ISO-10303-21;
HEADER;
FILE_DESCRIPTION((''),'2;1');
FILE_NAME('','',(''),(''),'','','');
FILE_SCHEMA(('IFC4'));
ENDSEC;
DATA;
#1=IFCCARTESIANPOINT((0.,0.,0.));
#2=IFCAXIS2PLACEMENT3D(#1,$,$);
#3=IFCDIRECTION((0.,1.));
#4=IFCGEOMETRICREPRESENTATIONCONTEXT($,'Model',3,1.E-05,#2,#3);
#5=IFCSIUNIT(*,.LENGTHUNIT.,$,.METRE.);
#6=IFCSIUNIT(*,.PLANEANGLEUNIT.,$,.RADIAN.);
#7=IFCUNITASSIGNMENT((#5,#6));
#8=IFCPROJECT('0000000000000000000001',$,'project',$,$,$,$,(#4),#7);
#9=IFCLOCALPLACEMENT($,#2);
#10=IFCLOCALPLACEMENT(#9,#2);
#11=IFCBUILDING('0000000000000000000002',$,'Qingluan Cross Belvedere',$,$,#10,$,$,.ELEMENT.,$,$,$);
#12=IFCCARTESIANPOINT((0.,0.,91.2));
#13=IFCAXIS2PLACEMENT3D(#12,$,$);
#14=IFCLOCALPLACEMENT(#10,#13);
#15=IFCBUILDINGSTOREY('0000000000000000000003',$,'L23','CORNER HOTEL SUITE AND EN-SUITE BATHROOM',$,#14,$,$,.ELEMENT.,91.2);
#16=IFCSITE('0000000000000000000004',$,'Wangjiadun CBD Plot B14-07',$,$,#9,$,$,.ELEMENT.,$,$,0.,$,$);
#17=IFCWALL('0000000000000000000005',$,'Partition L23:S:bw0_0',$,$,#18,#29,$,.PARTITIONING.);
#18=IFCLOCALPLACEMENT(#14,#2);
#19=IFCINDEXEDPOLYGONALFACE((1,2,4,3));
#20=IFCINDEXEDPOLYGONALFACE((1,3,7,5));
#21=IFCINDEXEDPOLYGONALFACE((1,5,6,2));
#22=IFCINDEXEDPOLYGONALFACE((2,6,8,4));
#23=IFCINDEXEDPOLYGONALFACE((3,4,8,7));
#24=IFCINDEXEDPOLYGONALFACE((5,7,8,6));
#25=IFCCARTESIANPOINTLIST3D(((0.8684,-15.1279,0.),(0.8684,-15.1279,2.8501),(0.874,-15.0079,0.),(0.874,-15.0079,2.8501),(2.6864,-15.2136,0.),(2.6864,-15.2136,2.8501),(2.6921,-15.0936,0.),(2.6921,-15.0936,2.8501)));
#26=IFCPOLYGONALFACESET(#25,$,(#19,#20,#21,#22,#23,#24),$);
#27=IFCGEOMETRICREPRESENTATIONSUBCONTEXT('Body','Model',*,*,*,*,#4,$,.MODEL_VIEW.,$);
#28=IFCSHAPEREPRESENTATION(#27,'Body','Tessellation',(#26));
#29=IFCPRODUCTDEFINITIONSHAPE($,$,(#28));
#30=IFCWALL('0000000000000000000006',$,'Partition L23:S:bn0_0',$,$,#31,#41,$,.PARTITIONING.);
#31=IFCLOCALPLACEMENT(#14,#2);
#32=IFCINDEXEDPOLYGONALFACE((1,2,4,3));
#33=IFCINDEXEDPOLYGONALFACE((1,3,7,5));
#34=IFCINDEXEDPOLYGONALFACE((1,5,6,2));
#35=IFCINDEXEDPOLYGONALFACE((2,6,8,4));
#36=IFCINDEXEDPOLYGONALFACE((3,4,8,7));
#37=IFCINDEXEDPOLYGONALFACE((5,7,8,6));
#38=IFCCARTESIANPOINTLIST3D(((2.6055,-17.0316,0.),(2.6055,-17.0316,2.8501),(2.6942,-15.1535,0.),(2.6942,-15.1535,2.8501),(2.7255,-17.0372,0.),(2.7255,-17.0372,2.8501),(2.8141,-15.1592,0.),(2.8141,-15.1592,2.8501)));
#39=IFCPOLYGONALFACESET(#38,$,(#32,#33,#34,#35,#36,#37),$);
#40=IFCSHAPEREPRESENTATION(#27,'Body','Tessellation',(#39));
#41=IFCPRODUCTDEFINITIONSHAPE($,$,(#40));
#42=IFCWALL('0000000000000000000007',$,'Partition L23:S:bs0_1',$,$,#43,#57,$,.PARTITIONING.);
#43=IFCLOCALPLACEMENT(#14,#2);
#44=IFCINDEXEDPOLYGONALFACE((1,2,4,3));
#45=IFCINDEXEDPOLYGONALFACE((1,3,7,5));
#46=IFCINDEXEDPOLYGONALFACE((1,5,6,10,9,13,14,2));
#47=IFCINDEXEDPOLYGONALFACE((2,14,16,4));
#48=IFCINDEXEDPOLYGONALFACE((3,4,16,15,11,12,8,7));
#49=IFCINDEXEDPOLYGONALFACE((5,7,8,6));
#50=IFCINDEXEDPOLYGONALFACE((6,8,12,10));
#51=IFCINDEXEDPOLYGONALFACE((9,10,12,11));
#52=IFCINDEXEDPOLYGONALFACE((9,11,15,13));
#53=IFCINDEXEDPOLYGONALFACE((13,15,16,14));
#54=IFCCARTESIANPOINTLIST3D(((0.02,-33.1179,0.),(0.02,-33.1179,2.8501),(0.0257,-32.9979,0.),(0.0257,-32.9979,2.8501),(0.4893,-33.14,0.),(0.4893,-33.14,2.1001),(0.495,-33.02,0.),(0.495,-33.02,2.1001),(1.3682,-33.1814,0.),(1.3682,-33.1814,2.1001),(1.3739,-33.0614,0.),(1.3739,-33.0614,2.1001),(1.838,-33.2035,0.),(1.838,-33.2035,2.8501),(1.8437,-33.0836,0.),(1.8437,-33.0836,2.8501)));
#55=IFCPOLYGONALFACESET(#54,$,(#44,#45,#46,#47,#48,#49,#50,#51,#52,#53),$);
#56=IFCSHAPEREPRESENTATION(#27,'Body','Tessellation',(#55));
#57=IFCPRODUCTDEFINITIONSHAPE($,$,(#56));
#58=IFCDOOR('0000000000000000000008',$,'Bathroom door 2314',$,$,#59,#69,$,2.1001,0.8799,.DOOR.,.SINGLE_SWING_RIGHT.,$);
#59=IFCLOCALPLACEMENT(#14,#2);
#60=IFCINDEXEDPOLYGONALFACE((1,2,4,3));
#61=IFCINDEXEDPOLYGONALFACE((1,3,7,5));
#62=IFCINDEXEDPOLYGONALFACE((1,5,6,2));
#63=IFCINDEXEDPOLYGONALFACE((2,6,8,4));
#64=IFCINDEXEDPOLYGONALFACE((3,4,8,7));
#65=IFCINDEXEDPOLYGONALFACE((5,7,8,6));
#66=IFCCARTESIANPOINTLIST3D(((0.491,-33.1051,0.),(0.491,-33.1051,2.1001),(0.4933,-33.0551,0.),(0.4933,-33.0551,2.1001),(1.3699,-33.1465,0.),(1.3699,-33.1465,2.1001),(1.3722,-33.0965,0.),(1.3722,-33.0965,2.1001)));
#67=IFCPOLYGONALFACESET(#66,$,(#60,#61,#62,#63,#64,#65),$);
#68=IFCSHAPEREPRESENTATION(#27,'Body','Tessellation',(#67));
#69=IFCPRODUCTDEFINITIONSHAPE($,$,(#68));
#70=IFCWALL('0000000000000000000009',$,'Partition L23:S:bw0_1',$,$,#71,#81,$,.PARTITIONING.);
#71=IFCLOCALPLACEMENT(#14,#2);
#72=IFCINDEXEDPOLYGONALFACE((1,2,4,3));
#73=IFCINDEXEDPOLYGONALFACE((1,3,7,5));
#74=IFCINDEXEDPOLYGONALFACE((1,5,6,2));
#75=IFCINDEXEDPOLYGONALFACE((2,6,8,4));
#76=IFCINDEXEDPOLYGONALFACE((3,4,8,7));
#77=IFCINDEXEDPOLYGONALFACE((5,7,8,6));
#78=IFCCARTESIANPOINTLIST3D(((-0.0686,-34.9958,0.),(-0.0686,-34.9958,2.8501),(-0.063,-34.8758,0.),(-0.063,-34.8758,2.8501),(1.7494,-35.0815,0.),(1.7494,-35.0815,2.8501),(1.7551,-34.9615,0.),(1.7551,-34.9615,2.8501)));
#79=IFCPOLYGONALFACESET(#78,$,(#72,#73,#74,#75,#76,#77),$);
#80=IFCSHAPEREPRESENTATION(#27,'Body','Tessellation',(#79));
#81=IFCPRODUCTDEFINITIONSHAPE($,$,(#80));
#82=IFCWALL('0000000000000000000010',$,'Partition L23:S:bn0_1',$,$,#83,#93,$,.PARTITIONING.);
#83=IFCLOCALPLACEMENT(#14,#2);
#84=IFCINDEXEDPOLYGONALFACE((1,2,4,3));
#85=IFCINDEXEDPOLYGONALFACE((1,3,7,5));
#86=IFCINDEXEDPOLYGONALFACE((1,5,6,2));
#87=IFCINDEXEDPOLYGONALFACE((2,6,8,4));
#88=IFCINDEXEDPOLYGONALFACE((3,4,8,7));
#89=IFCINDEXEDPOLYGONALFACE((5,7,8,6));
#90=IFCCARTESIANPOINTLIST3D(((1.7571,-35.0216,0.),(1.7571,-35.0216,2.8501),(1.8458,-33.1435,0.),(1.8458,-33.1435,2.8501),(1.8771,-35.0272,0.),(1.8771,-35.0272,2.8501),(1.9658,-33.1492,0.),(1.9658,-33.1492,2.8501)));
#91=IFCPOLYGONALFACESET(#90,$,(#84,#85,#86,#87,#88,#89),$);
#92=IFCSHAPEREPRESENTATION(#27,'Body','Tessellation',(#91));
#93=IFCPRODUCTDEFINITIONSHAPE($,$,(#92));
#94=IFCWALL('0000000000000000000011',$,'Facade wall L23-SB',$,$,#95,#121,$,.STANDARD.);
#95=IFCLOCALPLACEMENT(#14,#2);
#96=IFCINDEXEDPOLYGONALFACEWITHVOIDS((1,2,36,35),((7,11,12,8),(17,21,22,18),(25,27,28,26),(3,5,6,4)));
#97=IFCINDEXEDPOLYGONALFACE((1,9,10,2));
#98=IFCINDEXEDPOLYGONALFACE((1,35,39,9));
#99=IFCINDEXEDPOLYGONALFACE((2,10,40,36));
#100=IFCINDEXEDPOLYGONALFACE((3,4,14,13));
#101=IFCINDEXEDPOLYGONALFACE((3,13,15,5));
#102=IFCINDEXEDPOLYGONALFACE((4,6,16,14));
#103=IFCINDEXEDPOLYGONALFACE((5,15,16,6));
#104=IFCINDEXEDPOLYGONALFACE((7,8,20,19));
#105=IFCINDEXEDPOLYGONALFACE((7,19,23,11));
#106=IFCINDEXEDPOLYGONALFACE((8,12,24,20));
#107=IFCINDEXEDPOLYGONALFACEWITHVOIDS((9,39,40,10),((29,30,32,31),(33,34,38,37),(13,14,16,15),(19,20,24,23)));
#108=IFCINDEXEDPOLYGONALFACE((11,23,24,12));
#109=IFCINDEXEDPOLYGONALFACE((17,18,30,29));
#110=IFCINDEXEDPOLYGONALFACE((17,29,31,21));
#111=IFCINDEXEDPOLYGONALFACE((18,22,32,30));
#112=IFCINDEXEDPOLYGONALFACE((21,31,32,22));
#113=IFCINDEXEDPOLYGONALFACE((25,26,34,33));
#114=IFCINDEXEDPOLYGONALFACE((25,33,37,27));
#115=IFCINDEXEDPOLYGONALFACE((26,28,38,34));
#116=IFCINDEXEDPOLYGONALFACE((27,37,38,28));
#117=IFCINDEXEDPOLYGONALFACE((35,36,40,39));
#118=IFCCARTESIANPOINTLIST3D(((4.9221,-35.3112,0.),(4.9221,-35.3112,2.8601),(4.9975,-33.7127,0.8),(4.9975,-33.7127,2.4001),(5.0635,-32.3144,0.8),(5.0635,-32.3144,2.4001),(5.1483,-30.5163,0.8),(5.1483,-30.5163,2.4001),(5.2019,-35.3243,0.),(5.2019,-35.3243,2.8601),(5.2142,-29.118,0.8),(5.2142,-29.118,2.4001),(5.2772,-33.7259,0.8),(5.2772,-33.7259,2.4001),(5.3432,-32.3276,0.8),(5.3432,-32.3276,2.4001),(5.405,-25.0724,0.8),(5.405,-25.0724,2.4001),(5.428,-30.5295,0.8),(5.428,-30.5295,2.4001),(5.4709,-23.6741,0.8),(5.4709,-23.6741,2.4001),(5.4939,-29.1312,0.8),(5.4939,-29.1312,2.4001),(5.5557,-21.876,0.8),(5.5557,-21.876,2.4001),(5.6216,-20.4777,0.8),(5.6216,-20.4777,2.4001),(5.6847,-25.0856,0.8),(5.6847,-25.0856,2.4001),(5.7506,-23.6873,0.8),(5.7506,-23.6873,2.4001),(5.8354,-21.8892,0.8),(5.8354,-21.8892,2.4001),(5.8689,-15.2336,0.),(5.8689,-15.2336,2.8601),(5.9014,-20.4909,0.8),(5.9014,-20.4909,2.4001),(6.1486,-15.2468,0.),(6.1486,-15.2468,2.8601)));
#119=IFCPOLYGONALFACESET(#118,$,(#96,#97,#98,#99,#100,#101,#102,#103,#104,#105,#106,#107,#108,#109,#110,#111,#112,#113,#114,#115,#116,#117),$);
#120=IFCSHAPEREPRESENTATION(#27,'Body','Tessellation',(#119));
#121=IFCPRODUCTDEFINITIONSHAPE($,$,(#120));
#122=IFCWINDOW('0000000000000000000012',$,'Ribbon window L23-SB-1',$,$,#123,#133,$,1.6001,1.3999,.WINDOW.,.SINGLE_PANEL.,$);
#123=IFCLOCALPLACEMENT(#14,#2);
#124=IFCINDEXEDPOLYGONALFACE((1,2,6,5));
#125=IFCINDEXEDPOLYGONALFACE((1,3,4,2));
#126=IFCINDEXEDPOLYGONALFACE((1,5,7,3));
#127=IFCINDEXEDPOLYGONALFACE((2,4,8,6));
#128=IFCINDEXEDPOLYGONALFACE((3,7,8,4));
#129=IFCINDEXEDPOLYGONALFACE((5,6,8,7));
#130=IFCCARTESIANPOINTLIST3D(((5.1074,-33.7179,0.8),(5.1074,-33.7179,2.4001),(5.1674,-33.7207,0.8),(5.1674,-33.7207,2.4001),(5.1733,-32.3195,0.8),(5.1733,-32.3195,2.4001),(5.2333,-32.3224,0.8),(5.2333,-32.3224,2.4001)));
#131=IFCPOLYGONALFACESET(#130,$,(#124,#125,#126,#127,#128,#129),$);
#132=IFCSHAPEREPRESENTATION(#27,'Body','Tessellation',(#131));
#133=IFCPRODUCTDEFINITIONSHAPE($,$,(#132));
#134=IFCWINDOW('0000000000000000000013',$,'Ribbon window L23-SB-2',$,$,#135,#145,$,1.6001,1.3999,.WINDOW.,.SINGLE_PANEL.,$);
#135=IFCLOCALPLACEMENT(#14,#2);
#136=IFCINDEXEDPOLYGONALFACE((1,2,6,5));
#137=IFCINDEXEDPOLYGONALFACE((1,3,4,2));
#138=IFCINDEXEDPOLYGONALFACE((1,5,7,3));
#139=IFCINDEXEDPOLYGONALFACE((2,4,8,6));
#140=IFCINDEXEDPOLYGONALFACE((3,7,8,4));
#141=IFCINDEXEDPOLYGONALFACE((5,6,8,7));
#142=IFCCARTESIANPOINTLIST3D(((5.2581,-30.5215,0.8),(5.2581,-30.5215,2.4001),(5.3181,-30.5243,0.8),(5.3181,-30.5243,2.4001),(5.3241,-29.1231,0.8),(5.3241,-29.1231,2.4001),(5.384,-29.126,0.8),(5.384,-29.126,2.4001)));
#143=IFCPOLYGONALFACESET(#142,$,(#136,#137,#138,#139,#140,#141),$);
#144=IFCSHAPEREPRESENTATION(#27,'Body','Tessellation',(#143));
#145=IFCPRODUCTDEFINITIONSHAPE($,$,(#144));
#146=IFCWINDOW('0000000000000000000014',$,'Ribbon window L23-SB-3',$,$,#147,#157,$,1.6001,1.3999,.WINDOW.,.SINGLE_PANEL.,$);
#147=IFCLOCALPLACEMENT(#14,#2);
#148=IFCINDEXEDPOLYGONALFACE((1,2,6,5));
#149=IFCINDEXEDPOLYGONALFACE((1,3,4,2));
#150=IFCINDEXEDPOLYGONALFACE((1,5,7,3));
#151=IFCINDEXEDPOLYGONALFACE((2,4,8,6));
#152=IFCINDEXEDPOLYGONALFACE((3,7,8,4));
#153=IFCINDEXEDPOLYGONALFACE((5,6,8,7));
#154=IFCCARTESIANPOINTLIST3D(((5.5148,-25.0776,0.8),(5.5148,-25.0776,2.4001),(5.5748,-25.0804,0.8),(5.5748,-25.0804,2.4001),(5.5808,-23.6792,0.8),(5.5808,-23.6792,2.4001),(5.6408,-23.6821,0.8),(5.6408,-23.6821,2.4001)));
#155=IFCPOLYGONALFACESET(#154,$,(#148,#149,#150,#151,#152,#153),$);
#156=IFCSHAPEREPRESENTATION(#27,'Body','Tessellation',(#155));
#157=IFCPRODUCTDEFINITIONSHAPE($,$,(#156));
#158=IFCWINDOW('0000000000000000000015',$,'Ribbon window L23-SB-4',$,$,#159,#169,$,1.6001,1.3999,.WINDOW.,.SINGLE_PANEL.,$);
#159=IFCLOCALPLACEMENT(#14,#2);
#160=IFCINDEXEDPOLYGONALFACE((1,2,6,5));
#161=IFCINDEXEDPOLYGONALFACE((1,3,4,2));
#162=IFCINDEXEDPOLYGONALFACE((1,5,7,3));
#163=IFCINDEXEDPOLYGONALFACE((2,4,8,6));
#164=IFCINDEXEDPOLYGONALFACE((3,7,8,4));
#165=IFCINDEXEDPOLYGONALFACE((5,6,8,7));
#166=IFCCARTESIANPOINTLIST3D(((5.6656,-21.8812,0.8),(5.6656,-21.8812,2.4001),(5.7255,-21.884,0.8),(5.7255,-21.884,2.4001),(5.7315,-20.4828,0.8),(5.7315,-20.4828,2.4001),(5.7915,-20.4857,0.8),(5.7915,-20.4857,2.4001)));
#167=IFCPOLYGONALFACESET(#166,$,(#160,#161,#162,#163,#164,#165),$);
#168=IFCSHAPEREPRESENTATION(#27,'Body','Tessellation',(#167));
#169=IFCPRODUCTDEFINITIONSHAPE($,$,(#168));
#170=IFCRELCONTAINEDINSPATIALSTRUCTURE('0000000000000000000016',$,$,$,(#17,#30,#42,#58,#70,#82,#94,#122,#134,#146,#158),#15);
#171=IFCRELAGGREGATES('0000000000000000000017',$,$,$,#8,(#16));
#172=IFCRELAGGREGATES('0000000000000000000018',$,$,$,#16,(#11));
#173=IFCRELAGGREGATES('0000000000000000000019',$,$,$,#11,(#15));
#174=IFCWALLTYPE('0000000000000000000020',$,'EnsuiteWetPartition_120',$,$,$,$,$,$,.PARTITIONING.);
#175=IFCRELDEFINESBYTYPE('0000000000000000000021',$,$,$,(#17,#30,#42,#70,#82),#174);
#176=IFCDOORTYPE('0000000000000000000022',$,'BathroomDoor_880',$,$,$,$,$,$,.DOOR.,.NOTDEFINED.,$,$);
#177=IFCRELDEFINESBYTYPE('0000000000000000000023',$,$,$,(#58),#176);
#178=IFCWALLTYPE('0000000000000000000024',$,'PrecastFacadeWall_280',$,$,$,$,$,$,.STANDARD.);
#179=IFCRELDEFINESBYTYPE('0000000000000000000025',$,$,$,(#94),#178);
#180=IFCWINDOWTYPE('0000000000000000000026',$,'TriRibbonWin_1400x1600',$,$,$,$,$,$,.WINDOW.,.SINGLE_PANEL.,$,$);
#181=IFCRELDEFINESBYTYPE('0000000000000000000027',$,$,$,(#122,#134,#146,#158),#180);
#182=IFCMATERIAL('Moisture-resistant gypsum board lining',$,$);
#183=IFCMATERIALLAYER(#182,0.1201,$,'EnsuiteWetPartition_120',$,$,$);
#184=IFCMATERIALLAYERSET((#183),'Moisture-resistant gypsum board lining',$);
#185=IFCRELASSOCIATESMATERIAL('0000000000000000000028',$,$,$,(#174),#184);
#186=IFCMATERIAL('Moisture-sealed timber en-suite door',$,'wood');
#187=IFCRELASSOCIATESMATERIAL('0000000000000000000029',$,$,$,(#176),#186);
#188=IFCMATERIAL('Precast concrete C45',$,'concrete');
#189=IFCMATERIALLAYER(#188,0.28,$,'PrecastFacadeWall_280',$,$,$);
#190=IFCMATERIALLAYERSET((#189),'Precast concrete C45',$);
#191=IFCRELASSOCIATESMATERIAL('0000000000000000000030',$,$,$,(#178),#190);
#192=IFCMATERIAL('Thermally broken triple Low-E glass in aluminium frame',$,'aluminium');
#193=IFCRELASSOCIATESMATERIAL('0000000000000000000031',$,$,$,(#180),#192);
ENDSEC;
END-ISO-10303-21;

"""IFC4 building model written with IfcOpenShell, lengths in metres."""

from ifc_helpers import new_model, si_unit, direction, frame, frame_2d, origin, place, context, subcontext, project, spatial, rectangle, extrude, material, layer, layer_set, type_object, element, fill, save


model = new_model("IFC4")

# Units and contexts
model_context = context("Model", 3, precision=1e-05, world=origin(), true_north=direction((0.0, 1.0)))
body_context = subcontext(model_context, "Body", "Model", "MODEL_VIEW")
ifc_project = project(units=[si_unit("LENGTHUNIT", "METRE"), si_unit("PLANEANGLEUNIT", "RADIAN")], contexts=[model_context])

# Site, building, storey
site_placement = place(None, origin())
site = spatial("IfcSite", under=ifc_project, at=site_placement, Name="Wangjiadun CBD Plot B14-07", CompositionType="ELEMENT", RefElevation=0.0)
building_placement = place(site_placement, origin())
building = spatial("IfcBuilding", under=site, at=building_placement, Name="Qingluan Cross Belvedere", CompositionType="ELEMENT")
storey_placement = place(building_placement, frame((0.0, 0.0, 91.2)))
storey = spatial("IfcBuildingStorey", under=building, at=storey_placement, Name="L23", Description="CORNER HOTEL SUITE AND EN-SUITE BATHROOM", CompositionType="ELEMENT", Elevation=91.2)

# Shared definitions
ifc_material_1 = material(Name="Moisture-resistant gypsum board lining")
ifc_layer_1 = layer(ifc_material_1, 0.1201, Name="EnsuiteWetPartition_120")
ifc_layer_set_1 = layer_set([ifc_layer_1], Name="Moisture-resistant gypsum board lining")
wall_type_1 = type_object("IfcWallType", Name="EnsuiteWetPartition_120", PredefinedType="PARTITIONING", material=ifc_layer_set_1)
ifc_material_2 = material(Name="Moisture-sealed timber en-suite door", Category="wood")
door_type_1 = type_object("IfcDoorType", Name="BathroomDoor_880", OperationType="NOTDEFINED", PredefinedType="DOOR", material=ifc_material_2)

# Walls
wall_1_placement = place(storey_placement, frame((0.8711, -15.0679, 0.0), z_axis=(0.0, 0.0, 1.0), x_axis=(0.998891, -0.047081, 0.0)))
element("IfcWall", 1, at=wall_1_placement, inside=storey, type_object=wall_type_1, Name="Partition L23:S:bw0_0", PredefinedType="PARTITIONING", context=body_context, shape_type="SweptSolid", body=[
    extrude(rectangle(XDim=1.8201, YDim=0.1201, at=frame_2d((0.9102, 0.0))), origin(), (0.0, 0.0, 1.0), 2.8501),
])
wall_2_placement = place(storey_placement, frame((2.7542, -15.1565, 0.0), z_axis=(0.0, 0.0, 1.0), x_axis=(-0.047139, -0.998888, 0.0)))
element("IfcWall", 2, at=wall_2_placement, inside=storey, type_object=wall_type_1, Name="Partition L23:S:bn0_0", PredefinedType="PARTITIONING", context=body_context, shape_type="SweptSolid", body=[
    extrude(rectangle(XDim=1.8801, YDim=0.1201, at=frame_2d((0.9399, 0.0))), origin(), (0.0, 0.0, 1.0), 2.8501),
])

# Wall, opening, door
wall_3_placement = place(storey_placement, frame((0.0227, -33.0579, 0.0), z_axis=(0.0, 0.0, 1.0), x_axis=(0.998891, -0.047081, 0.0)))
wall_3 = element("IfcWall", 3, at=wall_3_placement, inside=storey, type_object=wall_type_1, Name="Partition L23:S:bs0_1", PredefinedType="PARTITIONING", context=body_context, shape_type="SweptSolid", body=[
    extrude(rectangle(XDim=1.8201, YDim=0.1201, at=frame_2d((0.9102, 0.0))), origin(), (0.0, 0.0, 1.0), 2.8501),
])
opening_1_placement = place(wall_3_placement, frame((0.47, 0.0, 0.0)))
opening_1 = element("IfcOpeningElement", 4, at=opening_1_placement, cuts=wall_3, PredefinedType="OPENING", context=body_context, shape_type="SweptSolid", body=[
    extrude(rectangle(XDim=0.8799, YDim=2.1001, at=frame_2d((0.4399, 1.05))), frame((0.0, 0.0701, 0.0), z_axis=(0.0, -1.0, 0.0), x_axis=(1.0, 0.0, 0.0)), (0.0, 0.0, 1.0), 0.1401),
])
door_1_placement = place(opening_1_placement, origin())
door_1 = element("IfcDoor", 5, at=door_1_placement, inside=storey, type_object=door_type_1, Name="Bathroom door 2314", OperationType="SINGLE_SWING_RIGHT", OverallHeight=2.1001, OverallWidth=0.8799, PredefinedType="DOOR", context=body_context, shape_type="SweptSolid", body=[
    extrude(rectangle(XDim=0.8799, YDim=2.1001, at=frame_2d((0.4399, 1.05))), frame((0.0, 0.0249, 0.0), z_axis=(0.0, -1.0, 0.0), x_axis=(1.0, 0.0, 0.0)), (0.0, 0.0, 1.0), 0.05),
])
fill(opening_1, door_1)

# Walls
wall_4_placement = place(storey_placement, frame((-0.0659, -34.9358, 0.0), z_axis=(0.0, 0.0, 1.0), x_axis=(0.998891, -0.047081, 0.0)))
element("IfcWall", 6, at=wall_4_placement, inside=storey, type_object=wall_type_1, Name="Partition L23:S:bw0_1", PredefinedType="PARTITIONING", context=body_context, shape_type="SweptSolid", body=[
    extrude(rectangle(XDim=1.8201, YDim=0.1201, at=frame_2d((0.9102, 0.0))), origin(), (0.0, 0.0, 1.0), 2.8501),
])
wall_5_placement = place(storey_placement, frame((1.9058, -33.1465, 0.0), z_axis=(0.0, 0.0, 1.0), x_axis=(-0.047139, -0.998888, 0.0)))
element("IfcWall", 7, at=wall_5_placement, inside=storey, type_object=wall_type_1, Name="Partition L23:S:bn0_1", PredefinedType="PARTITIONING", context=body_context, shape_type="SweptSolid", body=[
    extrude(rectangle(XDim=1.8801, YDim=0.1201, at=frame_2d((0.9399, 0.0))), origin(), (0.0, 0.0, 1.0), 2.8501),
])

# Wall, openings, windows
ifc_material_3 = material(Name="Precast concrete C45", Category="concrete")
ifc_layer_2 = layer(ifc_material_3, 0.28, Name="PrecastFacadeWall_280")
ifc_layer_set_2 = layer_set([ifc_layer_2], Name="Precast concrete C45")
wall_type_2 = type_object("IfcWallType", Name="PrecastFacadeWall_280", PredefinedType="STANDARD", material=ifc_layer_set_2)
wall_6_placement = place(storey_placement, frame((5.062, -35.3176, 0.0), z_axis=(0.0, 0.0, 1.0), x_axis=(0.047103, 0.99889, 0.0)))
wall_6 = element("IfcWall", 8, at=wall_6_placement, inside=storey, type_object=wall_type_2, Name="Facade wall L23-SB", PredefinedType="STANDARD", context=body_context, shape_type="SweptSolid", body=[
    extrude(rectangle(XDim=20.0999, YDim=0.28, at=frame_2d((10.0498, 0.0))), origin(), (0.0, 0.0, 1.0), 2.8601),
])
opening_2_placement = place(wall_6_placement, frame((1.6001, 0.0, 0.8)))
opening_2 = element("IfcOpeningElement", 9, at=opening_2_placement, cuts=wall_6, PredefinedType="OPENING", context=body_context, shape_type="SweptSolid", body=[
    extrude(rectangle(XDim=1.3999, YDim=1.6001, at=frame_2d((0.7, 0.8))), frame((0.0, 0.1499, 0.0), z_axis=(0.0, -1.0, 0.0), x_axis=(1.0, 0.0, 0.0)), (0.0, 0.0, 1.0), 0.3),
])
opening_3_placement = place(wall_6_placement, frame((4.8, 0.0, 0.8)))
opening_3 = element("IfcOpeningElement", 10, at=opening_3_placement, cuts=wall_6, PredefinedType="OPENING", context=body_context, shape_type="SweptSolid", body=[
    extrude(rectangle(XDim=1.3999, YDim=1.6001, at=frame_2d((0.7, 0.8))), frame((0.0, 0.1499, 0.0), z_axis=(0.0, -1.0, 0.0), x_axis=(1.0, 0.0, 0.0)), (0.0, 0.0, 1.0), 0.3),
])
opening_4_placement = place(wall_6_placement, frame((10.25, 0.0, 0.8)))
opening_4 = element("IfcOpeningElement", 11, at=opening_4_placement, cuts=wall_6, PredefinedType="OPENING", context=body_context, shape_type="SweptSolid", body=[
    extrude(rectangle(XDim=1.3999, YDim=1.6001, at=frame_2d((0.7, 0.8))), frame((0.0, 0.1499, 0.0), z_axis=(0.0, -1.0, 0.0), x_axis=(1.0, 0.0, 0.0)), (0.0, 0.0, 1.0), 0.3),
])
opening_5_placement = place(wall_6_placement, frame((13.45, 0.0, 0.8)))
opening_5 = element("IfcOpeningElement", 12, at=opening_5_placement, cuts=wall_6, PredefinedType="OPENING", context=body_context, shape_type="SweptSolid", body=[
    extrude(rectangle(XDim=1.3999, YDim=1.6001, at=frame_2d((0.7, 0.8))), frame((0.0, 0.1499, 0.0), z_axis=(0.0, -1.0, 0.0), x_axis=(1.0, 0.0, 0.0)), (0.0, 0.0, 1.0), 0.3),
])
ifc_material_4 = material(Name="Thermally broken triple Low-E glass in aluminium frame", Category="aluminium")
window_type = type_object("IfcWindowType", Name="TriRibbonWin_1400x1600", PartitioningType="SINGLE_PANEL", PredefinedType="WINDOW", material=ifc_material_4)
window_1_placement = place(opening_2_placement, origin())
window_1 = element("IfcWindow", 13, at=window_1_placement, inside=storey, type_object=window_type, Name="Ribbon window L23-SB-1", OverallHeight=1.6001, OverallWidth=1.3999, PartitioningType="SINGLE_PANEL", PredefinedType="WINDOW", context=body_context, shape_type="SweptSolid", body=[
    extrude(rectangle(XDim=1.3999, YDim=1.6001, at=frame_2d((0.7, 0.8))), frame((0.0, 0.03, 0.0), z_axis=(0.0, -1.0, 0.0), x_axis=(1.0, 0.0, 0.0)), (0.0, 0.0, 1.0), 0.0601),
])
fill(opening_2, window_1)
window_2_placement = place(opening_3_placement, origin())
window_2 = element("IfcWindow", 14, at=window_2_placement, inside=storey, type_object=window_type, Name="Ribbon window L23-SB-2", OverallHeight=1.6001, OverallWidth=1.3999, PartitioningType="SINGLE_PANEL", PredefinedType="WINDOW", context=body_context, shape_type="SweptSolid", body=[
    extrude(rectangle(XDim=1.3999, YDim=1.6001, at=frame_2d((0.7, 0.8))), frame((0.0, 0.03, 0.0), z_axis=(0.0, -1.0, 0.0), x_axis=(1.0, 0.0, 0.0)), (0.0, 0.0, 1.0), 0.0601),
])
fill(opening_3, window_2)
window_3_placement = place(opening_4_placement, origin())
window_3 = element("IfcWindow", 15, at=window_3_placement, inside=storey, type_object=window_type, Name="Ribbon window L23-SB-3", OverallHeight=1.6001, OverallWidth=1.3999, PartitioningType="SINGLE_PANEL", PredefinedType="WINDOW", context=body_context, shape_type="SweptSolid", body=[
    extrude(rectangle(XDim=1.3999, YDim=1.6001, at=frame_2d((0.7, 0.8))), frame((0.0, 0.03, 0.0), z_axis=(0.0, -1.0, 0.0), x_axis=(1.0, 0.0, 0.0)), (0.0, 0.0, 1.0), 0.0601),
])
fill(opening_4, window_3)
window_4_placement = place(opening_5_placement, origin())
window_4 = element("IfcWindow", 16, at=window_4_placement, inside=storey, type_object=window_type, Name="Ribbon window L23-SB-4", OverallHeight=1.6001, OverallWidth=1.3999, PartitioningType="SINGLE_PANEL", PredefinedType="WINDOW", context=body_context, shape_type="SweptSolid", body=[
    extrude(rectangle(XDim=1.3999, YDim=1.6001, at=frame_2d((0.7, 0.8))), frame((0.0, 0.03, 0.0), z_axis=(0.0, -1.0, 0.0), x_axis=(1.0, 0.0, 0.0)), (0.0, 0.0, 1.0), 0.0601),
])
fill(opening_5, window_4)

save(model, "model.ifc")
